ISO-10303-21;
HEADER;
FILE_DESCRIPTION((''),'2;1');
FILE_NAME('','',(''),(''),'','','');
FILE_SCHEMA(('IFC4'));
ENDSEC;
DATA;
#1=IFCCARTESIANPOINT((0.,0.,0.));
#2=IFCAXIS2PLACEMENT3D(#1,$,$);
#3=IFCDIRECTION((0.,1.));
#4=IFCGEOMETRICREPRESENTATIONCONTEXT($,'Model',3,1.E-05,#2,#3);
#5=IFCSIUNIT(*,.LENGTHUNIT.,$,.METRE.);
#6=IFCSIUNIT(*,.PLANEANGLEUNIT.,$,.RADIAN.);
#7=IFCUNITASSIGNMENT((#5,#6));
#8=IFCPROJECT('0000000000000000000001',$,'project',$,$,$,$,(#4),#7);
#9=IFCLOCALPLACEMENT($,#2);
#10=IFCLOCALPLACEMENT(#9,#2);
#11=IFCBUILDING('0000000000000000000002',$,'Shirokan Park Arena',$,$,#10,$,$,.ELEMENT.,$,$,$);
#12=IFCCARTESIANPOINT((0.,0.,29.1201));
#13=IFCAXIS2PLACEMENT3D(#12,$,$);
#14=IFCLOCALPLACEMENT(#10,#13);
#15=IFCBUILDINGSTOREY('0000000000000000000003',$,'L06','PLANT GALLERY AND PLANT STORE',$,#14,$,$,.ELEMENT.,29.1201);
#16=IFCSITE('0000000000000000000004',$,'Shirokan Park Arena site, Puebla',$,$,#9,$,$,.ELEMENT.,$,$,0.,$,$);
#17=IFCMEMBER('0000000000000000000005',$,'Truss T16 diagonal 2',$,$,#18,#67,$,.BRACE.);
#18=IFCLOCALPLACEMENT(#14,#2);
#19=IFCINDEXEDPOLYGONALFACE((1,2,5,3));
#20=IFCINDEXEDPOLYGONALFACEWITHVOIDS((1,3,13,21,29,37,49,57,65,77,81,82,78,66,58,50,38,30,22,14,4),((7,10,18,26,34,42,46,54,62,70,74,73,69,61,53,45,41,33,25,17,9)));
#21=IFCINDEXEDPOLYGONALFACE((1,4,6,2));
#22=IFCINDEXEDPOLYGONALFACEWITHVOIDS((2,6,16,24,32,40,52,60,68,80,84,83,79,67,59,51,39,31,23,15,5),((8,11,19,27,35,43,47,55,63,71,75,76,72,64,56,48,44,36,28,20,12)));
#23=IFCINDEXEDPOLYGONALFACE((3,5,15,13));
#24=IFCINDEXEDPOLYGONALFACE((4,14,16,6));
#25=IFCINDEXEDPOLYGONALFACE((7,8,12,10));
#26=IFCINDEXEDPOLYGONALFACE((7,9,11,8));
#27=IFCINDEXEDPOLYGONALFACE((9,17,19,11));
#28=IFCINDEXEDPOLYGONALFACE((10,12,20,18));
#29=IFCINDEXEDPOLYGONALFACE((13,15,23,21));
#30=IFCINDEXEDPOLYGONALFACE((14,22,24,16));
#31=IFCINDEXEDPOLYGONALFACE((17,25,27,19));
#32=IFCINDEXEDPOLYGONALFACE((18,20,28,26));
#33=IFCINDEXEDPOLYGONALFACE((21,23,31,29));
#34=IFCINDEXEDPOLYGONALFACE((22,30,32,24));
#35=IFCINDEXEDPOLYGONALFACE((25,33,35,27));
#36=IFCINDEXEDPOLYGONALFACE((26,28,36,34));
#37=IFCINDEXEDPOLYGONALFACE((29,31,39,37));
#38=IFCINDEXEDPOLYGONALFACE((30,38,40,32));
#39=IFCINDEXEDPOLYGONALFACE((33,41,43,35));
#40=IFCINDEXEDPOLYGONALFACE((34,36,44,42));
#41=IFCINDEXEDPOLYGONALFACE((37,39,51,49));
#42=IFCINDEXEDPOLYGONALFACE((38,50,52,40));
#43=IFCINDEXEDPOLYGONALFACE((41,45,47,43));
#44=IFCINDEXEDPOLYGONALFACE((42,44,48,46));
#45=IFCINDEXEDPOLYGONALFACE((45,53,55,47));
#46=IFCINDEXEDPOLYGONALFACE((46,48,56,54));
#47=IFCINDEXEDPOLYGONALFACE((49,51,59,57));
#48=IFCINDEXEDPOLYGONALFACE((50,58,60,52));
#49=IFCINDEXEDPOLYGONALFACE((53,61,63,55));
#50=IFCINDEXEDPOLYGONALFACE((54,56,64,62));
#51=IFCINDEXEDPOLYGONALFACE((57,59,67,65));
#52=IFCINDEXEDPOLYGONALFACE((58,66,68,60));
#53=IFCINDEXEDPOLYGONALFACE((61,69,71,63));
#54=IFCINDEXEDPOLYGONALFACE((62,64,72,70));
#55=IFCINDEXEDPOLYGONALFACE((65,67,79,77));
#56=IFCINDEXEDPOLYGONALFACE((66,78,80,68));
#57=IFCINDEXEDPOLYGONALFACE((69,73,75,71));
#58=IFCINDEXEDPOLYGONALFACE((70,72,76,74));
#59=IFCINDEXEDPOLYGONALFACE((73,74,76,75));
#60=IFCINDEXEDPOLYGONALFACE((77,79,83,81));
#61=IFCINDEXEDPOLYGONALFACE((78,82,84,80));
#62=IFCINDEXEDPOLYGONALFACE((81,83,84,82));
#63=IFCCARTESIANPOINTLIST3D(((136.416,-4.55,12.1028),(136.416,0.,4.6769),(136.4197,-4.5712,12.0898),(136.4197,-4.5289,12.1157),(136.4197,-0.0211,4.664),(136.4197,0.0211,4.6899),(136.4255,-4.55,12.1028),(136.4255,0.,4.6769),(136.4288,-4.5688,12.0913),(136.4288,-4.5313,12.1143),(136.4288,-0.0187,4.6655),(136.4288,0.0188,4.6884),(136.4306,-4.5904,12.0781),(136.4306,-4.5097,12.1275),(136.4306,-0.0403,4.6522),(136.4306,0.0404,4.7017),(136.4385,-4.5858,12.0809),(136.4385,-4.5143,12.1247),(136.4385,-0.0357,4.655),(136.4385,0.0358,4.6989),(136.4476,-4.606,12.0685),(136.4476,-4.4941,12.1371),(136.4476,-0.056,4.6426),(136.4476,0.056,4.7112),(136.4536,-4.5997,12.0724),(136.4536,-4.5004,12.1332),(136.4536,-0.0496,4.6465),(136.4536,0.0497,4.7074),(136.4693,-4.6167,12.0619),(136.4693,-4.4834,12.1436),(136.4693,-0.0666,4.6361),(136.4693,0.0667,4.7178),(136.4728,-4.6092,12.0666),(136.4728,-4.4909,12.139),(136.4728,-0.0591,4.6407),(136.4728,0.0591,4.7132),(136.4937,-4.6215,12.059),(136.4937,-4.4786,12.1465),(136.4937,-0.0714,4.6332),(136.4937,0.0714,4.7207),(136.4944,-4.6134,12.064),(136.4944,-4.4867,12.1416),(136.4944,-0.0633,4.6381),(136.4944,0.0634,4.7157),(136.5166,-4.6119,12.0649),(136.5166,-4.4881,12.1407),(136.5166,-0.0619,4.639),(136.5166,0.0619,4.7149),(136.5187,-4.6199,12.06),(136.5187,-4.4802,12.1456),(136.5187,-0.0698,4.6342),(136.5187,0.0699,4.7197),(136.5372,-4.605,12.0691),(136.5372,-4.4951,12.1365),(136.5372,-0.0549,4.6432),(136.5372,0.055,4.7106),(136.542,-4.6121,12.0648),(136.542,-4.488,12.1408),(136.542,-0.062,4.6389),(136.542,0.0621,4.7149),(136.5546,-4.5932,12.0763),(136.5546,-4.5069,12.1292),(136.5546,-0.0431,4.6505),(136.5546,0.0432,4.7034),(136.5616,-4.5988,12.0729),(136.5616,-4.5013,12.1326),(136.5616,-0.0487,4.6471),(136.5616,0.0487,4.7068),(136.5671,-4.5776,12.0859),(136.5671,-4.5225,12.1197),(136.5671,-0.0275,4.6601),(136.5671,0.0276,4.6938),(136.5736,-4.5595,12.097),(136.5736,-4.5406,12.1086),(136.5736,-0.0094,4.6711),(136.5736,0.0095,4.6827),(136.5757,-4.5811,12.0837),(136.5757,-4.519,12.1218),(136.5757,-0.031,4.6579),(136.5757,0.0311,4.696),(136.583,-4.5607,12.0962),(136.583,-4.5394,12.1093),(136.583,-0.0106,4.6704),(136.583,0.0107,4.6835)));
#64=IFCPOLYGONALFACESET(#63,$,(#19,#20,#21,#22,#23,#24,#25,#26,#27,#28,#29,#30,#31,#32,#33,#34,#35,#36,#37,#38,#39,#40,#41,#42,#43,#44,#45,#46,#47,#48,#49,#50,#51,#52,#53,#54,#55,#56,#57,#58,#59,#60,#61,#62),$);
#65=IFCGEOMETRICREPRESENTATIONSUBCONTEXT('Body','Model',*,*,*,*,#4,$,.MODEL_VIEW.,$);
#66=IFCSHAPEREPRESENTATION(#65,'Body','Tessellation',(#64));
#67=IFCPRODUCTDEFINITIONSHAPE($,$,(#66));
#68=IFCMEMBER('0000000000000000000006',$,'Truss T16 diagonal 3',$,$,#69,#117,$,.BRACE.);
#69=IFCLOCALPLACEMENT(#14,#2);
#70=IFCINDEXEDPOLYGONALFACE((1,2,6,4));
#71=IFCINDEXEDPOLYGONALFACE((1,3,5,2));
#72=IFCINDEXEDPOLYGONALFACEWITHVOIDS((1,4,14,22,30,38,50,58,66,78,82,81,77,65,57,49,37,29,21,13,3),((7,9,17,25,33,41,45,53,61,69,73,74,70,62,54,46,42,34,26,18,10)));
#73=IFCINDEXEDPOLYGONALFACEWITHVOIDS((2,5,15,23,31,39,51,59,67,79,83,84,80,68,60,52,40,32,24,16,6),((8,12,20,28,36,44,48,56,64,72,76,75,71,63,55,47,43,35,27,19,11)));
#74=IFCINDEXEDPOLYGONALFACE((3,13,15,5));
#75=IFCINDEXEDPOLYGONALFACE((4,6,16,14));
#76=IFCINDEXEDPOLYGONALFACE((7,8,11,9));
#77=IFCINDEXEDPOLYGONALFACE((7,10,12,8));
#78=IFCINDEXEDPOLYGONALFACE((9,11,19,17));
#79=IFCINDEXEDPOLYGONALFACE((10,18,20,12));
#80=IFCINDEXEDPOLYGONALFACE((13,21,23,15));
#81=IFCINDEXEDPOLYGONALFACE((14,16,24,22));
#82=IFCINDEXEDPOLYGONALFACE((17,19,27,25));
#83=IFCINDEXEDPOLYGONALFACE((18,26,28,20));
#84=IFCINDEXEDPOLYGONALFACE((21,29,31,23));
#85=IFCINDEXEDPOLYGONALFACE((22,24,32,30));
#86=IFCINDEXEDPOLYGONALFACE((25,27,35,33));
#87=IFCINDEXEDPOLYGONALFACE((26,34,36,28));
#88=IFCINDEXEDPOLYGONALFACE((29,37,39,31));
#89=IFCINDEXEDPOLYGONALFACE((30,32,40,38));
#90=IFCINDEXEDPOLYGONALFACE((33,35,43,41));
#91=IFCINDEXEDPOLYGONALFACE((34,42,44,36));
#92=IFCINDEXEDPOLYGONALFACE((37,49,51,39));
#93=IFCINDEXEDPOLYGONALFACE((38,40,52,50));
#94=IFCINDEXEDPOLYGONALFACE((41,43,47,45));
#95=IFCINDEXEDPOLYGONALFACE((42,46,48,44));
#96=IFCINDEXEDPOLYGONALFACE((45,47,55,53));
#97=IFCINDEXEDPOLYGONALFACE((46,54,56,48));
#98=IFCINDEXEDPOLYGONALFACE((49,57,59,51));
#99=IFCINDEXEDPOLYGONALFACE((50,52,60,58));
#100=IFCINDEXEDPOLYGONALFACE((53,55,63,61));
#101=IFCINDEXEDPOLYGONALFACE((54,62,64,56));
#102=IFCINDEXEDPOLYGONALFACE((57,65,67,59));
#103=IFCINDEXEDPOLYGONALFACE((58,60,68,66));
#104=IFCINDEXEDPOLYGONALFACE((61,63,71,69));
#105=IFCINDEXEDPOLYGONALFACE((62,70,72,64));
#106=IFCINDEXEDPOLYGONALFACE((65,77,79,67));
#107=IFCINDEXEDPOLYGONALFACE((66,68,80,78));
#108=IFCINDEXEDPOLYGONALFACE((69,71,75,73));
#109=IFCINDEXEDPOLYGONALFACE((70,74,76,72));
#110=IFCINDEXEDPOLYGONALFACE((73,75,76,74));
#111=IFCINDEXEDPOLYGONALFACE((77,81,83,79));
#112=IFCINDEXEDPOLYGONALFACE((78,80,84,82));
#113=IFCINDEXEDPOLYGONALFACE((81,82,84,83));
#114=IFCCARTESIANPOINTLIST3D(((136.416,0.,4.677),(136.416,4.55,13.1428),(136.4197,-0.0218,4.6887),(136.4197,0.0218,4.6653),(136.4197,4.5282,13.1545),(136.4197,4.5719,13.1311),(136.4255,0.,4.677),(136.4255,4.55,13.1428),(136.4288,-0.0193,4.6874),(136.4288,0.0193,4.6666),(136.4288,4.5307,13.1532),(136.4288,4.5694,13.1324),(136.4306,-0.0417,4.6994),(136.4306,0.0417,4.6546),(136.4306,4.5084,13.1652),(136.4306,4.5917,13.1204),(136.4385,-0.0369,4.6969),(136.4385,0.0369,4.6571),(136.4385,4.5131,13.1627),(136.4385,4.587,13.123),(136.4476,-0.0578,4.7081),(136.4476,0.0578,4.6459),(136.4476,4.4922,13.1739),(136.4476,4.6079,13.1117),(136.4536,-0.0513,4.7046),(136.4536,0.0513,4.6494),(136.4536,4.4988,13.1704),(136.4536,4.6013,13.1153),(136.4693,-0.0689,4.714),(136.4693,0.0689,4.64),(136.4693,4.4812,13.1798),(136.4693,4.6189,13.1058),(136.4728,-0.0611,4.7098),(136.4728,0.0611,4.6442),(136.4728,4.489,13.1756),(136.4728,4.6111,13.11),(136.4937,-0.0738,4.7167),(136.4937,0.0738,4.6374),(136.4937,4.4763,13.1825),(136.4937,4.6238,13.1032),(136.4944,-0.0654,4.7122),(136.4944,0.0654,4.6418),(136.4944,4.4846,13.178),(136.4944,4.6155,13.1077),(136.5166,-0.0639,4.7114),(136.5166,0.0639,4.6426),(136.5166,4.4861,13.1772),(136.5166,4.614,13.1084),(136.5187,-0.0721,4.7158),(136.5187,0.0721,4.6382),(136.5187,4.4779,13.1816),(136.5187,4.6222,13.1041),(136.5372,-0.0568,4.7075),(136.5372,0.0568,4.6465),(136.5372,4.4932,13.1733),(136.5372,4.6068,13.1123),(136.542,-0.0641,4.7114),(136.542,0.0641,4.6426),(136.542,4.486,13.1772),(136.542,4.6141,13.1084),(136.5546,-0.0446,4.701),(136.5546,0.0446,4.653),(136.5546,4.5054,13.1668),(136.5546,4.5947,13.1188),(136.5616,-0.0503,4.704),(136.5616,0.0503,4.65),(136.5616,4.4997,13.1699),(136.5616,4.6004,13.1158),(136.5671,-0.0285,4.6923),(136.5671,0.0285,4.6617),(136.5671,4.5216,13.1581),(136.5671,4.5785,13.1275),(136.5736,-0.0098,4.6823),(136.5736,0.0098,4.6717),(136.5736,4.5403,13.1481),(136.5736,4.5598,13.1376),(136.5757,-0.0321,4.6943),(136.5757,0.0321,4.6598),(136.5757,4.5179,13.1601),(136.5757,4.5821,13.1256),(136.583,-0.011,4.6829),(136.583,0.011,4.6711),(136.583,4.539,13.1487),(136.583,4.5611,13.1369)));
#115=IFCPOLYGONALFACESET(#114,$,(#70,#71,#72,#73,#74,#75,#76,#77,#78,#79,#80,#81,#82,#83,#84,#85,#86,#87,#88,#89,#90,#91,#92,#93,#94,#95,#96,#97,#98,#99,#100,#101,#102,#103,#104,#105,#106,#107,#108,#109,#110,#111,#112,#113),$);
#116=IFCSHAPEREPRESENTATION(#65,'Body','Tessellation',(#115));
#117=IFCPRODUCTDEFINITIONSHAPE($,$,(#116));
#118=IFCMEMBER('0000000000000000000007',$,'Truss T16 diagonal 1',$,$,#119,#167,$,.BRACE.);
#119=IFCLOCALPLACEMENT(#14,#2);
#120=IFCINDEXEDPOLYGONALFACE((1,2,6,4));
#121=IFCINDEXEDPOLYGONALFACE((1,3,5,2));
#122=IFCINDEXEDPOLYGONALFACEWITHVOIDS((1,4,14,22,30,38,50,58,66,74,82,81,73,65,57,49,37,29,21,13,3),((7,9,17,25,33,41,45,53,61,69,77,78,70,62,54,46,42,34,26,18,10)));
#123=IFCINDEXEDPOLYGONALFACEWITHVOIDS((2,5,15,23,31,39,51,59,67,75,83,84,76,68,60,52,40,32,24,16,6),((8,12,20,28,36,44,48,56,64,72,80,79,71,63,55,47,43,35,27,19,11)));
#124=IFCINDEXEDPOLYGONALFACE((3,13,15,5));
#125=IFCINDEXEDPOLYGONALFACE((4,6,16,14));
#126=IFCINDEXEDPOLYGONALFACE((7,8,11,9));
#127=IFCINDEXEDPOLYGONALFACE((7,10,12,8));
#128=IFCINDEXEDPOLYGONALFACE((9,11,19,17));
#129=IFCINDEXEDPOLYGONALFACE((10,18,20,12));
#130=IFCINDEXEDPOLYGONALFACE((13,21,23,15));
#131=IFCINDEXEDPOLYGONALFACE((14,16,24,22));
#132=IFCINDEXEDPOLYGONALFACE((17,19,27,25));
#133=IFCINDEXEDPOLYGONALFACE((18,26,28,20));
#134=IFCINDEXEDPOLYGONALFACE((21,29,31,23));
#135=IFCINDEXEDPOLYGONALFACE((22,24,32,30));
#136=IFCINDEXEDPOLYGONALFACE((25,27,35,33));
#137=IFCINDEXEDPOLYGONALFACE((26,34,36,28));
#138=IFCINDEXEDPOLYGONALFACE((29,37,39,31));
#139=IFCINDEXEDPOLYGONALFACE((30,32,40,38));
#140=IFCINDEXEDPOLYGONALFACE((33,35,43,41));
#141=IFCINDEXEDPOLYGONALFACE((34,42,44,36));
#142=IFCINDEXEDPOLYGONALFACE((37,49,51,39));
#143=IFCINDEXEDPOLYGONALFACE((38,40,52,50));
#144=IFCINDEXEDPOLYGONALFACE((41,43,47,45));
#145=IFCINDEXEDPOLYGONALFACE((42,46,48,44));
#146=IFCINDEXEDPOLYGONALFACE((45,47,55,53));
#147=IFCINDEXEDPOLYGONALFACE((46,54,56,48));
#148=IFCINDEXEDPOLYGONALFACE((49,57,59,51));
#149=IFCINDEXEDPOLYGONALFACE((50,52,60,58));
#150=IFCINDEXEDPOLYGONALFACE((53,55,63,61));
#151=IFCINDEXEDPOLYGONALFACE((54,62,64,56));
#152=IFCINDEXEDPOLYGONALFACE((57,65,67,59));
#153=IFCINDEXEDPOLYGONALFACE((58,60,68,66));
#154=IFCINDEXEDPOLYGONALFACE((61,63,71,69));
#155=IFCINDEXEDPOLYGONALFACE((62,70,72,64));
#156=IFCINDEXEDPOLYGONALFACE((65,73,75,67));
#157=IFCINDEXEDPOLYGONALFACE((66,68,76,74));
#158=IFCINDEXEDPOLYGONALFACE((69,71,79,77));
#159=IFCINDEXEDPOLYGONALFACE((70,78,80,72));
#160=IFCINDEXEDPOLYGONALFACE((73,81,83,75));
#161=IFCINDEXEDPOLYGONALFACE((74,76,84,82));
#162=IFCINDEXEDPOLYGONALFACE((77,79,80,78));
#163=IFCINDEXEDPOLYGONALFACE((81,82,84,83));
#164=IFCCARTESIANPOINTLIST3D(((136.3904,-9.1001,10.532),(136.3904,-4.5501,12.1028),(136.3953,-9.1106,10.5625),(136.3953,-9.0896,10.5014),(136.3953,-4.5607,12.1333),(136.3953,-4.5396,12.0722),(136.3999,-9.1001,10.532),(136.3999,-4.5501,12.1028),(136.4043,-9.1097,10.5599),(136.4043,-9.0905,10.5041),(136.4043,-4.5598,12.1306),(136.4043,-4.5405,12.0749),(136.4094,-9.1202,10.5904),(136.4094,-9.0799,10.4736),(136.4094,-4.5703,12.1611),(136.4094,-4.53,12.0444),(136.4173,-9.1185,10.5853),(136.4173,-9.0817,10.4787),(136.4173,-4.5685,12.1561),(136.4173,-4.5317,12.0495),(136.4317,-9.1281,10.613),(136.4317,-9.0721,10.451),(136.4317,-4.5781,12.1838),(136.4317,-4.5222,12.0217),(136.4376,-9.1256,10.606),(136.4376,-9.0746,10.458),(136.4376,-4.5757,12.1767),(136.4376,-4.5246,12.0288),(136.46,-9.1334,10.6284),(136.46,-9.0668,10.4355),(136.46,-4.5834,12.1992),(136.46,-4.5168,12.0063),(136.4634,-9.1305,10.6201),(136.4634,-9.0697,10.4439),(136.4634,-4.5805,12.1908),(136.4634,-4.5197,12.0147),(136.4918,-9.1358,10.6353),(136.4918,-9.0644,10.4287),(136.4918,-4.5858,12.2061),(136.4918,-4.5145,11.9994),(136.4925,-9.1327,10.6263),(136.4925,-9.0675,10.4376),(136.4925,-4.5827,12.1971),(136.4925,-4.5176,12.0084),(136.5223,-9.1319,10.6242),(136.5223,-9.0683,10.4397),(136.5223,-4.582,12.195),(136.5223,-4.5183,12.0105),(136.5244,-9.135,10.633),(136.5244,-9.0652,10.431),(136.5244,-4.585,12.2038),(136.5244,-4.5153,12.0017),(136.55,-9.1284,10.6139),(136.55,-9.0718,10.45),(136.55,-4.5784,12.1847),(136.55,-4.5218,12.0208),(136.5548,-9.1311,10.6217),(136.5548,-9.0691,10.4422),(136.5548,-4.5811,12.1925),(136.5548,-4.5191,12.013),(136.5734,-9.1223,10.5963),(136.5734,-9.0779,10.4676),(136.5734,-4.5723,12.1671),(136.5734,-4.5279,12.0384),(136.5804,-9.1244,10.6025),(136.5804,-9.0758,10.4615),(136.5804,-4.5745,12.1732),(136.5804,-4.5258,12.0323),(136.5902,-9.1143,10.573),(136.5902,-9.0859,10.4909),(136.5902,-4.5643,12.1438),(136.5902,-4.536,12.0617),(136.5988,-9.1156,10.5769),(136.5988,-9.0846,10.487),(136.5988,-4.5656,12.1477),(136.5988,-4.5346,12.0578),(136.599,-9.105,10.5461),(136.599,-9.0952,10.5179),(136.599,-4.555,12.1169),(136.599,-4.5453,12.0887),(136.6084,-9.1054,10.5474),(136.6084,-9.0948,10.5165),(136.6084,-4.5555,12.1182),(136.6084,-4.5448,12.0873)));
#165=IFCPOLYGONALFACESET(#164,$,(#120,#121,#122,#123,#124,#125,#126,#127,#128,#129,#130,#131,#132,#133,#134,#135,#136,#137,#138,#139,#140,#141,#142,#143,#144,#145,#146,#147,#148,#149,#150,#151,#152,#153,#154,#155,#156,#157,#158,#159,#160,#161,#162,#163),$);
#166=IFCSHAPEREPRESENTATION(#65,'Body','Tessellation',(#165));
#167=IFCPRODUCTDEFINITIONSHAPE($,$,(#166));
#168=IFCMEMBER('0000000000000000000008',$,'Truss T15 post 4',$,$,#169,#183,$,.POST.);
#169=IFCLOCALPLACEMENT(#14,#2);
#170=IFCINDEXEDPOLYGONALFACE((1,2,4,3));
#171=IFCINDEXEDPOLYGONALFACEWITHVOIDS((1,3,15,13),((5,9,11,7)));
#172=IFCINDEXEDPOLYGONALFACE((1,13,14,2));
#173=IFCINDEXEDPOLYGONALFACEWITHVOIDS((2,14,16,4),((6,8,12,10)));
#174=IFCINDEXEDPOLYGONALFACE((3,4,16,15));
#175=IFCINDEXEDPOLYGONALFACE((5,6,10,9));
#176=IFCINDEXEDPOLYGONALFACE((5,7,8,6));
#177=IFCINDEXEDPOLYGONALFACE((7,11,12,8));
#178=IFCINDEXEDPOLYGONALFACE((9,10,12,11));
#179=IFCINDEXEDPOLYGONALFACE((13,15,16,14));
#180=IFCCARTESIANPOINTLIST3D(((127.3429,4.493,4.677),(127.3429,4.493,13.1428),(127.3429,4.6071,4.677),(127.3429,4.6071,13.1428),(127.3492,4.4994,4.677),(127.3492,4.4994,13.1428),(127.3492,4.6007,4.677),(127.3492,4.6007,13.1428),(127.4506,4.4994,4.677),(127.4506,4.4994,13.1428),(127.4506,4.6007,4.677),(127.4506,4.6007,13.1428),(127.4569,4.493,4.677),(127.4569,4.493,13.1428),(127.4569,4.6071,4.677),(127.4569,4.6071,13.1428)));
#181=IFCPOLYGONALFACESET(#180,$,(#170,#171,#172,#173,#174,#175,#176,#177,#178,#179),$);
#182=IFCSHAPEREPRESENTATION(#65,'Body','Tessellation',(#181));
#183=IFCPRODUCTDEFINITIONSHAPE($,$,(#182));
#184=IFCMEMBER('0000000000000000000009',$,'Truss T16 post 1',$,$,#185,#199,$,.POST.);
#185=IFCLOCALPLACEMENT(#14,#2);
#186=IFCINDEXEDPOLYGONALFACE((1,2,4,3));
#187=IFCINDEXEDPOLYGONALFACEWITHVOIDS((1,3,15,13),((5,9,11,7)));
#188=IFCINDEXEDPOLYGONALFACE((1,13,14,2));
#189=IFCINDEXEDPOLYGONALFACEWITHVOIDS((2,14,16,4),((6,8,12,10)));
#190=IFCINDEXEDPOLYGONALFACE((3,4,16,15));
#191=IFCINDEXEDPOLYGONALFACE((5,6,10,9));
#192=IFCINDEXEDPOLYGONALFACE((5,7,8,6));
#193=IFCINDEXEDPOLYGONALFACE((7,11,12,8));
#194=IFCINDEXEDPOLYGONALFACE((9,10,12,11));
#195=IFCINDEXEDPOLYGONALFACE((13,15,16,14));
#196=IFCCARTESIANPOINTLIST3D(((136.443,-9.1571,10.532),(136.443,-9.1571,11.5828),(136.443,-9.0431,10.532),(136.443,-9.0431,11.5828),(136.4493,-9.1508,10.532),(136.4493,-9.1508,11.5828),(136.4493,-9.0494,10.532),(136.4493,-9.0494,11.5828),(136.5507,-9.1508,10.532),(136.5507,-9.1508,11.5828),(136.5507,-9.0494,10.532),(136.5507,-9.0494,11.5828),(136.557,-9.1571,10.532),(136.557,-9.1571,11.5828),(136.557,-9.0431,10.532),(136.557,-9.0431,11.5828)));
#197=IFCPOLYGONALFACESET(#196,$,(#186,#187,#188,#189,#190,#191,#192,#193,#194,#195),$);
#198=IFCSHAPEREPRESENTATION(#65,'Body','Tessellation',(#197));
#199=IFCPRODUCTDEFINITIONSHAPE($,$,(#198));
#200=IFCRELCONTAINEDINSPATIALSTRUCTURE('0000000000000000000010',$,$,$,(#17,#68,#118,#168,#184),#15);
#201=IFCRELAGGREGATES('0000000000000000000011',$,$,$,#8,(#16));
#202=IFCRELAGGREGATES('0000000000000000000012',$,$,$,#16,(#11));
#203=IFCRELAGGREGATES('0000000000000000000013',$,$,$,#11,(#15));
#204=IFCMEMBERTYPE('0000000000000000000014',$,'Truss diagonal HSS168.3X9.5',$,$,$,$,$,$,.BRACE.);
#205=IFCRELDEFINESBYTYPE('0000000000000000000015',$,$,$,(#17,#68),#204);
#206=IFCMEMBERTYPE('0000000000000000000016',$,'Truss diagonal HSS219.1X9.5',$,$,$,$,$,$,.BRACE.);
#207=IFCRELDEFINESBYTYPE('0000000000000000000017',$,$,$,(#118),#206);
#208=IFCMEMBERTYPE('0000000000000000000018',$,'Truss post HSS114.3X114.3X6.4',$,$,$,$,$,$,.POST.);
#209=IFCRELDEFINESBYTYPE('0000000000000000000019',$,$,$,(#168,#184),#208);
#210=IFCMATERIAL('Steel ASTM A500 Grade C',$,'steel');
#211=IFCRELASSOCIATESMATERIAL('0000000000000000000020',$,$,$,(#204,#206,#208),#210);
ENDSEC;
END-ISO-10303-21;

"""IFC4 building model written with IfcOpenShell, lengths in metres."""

from ifc_helpers import new_model, si_unit, direction, frame, origin, origin_2d, place, context, subcontext, project, spatial, hollow_rectangle, hollow_circle, extrude, material, material_profile, profile_set, type_object, element, save


model = new_model("IFC4")

# Units and contexts
model_context = context("Model", 3, precision=1e-05, world=origin(), true_north=direction((0.0, 1.0)))
body_context = subcontext(model_context, "Body", "Model", "MODEL_VIEW")
ifc_project = project(units=[si_unit("LENGTHUNIT", "METRE"), si_unit("PLANEANGLEUNIT", "RADIAN")], contexts=[model_context])

# Site, building, storey
site_placement = place(None, origin())
site = spatial("IfcSite", under=ifc_project, at=site_placement, Name="Shirokan Park Arena site, Puebla", CompositionType="ELEMENT", RefElevation=0.0)
building_placement = place(site_placement, origin())
building = spatial("IfcBuilding", under=site, at=building_placement, Name="Shirokan Park Arena", CompositionType="ELEMENT")
storey_placement = place(building_placement, frame((0.0, 0.0, 29.1201)))
storey = spatial("IfcBuildingStorey", under=building, at=storey_placement, Name="L06", Description="PLANT GALLERY AND PLANT STORE", CompositionType="ELEMENT", Elevation=29.1201)

# Shared definitions
ifc_material_1 = material(Name="Steel ASTM A500 Grade C", Category="steel")

# Members
ifc_material_profile_1 = material_profile(ifc_material_1, hollow_circle(Radius=0.084, WallThickness=0.0095, at=origin_2d()), Name="HSS168.3X9.5")
ifc_profile_set_1 = profile_set([ifc_material_profile_1], Name="Steel ASTM A500 Grade C")
member_type_1 = type_object("IfcMemberType", Name="Truss diagonal HSS168.3X9.5", PredefinedType="BRACE", material=ifc_profile_set_1)
member_1_placement = place(storey_placement, frame((136.5, -4.55, 12.1028), z_axis=(0.0, 0.522459, -0.852665), x_axis=(-1.0, 0.0, 0.0)))
element("IfcMember", 1, at=member_1_placement, inside=storey, type_object=member_type_1, Name="Truss T16 diagonal 2", PredefinedType="BRACE", context=body_context, shape_type="SweptSolid", body=[
    extrude(hollow_circle(Radius=0.084, WallThickness=0.0095, at=origin_2d()), origin(), (0.0, 0.0, 1.0), 8.709),
])
member_2_placement = place(storey_placement, frame((136.5, 0.0, 4.677), z_axis=(0.0, 0.473417, 0.880839), x_axis=(-1.0, 0.0, 0.0)))
element("IfcMember", 2, at=member_2_placement, inside=storey, type_object=member_type_1, Name="Truss T16 diagonal 3", PredefinedType="BRACE", context=body_context, shape_type="SweptSolid", body=[
    extrude(hollow_circle(Radius=0.084, WallThickness=0.0095, at=origin_2d()), origin(), (0.0, 0.0, 1.0), 9.6111),
])
ifc_material_profile_2 = material_profile(ifc_material_1, hollow_circle(Radius=0.1096, WallThickness=0.0095, at=origin_2d()), Name="HSS219.1X9.5")
ifc_profile_set_2 = profile_set([ifc_material_profile_2], Name="Steel ASTM A500 Grade C")
member_type_2 = type_object("IfcMemberType", Name="Truss diagonal HSS219.1X9.5", PredefinedType="BRACE", material=ifc_profile_set_2)
member_3_placement = place(storey_placement, frame((136.5, -9.1001, 10.532), z_axis=(0.0, 0.945256, 0.326328), x_axis=(-1.0, 0.0, 0.0)))
element("IfcMember", 3, at=member_3_placement, inside=storey, type_object=member_type_2, Name="Truss T16 diagonal 1", PredefinedType="BRACE", context=body_context, shape_type="SweptSolid", body=[
    extrude(hollow_circle(Radius=0.1096, WallThickness=0.0095, at=origin_2d()), origin(), (0.0, 0.0, 1.0), 4.8135),
])
ifc_material_profile_3 = material_profile(ifc_material_1, hollow_rectangle(XDim=0.114, YDim=0.114, WallThickness=0.0063, at=origin_2d()), Name="HSS114.3X114.3X6.4")
ifc_profile_set_3 = profile_set([ifc_material_profile_3], Name="Steel ASTM A500 Grade C")
member_type_3 = type_object("IfcMemberType", Name="Truss post HSS114.3X114.3X6.4", PredefinedType="POST", material=ifc_profile_set_3)
member_4_placement = place(storey_placement, frame((127.3999, 4.55, 4.677), z_axis=(0.0, 0.0, 1.0), x_axis=(1.0, 0.0, 0.0)))
element("IfcMember", 4, at=member_4_placement, inside=storey, type_object=member_type_3, Name="Truss T15 post 4", PredefinedType="POST", context=body_context, shape_type="SweptSolid", body=[
    extrude(hollow_rectangle(XDim=0.114, YDim=0.114, WallThickness=0.0063, at=origin_2d()), origin(), (0.0, 0.0, 1.0), 8.4658),
])
member_5_placement = place(storey_placement, frame((136.5, -9.1001, 10.532), z_axis=(0.0, 0.0, 1.0), x_axis=(1.0, 0.0, 0.0)))
element("IfcMember", 5, at=member_5_placement, inside=storey, type_object=member_type_3, Name="Truss T16 post 1", PredefinedType="POST", context=body_context, shape_type="SweptSolid", body=[
    extrude(hollow_rectangle(XDim=0.114, YDim=0.114, WallThickness=0.0063, at=origin_2d()), origin(), (0.0, 0.0, 1.0), 1.0508),
])

save(model, "model.ifc")
